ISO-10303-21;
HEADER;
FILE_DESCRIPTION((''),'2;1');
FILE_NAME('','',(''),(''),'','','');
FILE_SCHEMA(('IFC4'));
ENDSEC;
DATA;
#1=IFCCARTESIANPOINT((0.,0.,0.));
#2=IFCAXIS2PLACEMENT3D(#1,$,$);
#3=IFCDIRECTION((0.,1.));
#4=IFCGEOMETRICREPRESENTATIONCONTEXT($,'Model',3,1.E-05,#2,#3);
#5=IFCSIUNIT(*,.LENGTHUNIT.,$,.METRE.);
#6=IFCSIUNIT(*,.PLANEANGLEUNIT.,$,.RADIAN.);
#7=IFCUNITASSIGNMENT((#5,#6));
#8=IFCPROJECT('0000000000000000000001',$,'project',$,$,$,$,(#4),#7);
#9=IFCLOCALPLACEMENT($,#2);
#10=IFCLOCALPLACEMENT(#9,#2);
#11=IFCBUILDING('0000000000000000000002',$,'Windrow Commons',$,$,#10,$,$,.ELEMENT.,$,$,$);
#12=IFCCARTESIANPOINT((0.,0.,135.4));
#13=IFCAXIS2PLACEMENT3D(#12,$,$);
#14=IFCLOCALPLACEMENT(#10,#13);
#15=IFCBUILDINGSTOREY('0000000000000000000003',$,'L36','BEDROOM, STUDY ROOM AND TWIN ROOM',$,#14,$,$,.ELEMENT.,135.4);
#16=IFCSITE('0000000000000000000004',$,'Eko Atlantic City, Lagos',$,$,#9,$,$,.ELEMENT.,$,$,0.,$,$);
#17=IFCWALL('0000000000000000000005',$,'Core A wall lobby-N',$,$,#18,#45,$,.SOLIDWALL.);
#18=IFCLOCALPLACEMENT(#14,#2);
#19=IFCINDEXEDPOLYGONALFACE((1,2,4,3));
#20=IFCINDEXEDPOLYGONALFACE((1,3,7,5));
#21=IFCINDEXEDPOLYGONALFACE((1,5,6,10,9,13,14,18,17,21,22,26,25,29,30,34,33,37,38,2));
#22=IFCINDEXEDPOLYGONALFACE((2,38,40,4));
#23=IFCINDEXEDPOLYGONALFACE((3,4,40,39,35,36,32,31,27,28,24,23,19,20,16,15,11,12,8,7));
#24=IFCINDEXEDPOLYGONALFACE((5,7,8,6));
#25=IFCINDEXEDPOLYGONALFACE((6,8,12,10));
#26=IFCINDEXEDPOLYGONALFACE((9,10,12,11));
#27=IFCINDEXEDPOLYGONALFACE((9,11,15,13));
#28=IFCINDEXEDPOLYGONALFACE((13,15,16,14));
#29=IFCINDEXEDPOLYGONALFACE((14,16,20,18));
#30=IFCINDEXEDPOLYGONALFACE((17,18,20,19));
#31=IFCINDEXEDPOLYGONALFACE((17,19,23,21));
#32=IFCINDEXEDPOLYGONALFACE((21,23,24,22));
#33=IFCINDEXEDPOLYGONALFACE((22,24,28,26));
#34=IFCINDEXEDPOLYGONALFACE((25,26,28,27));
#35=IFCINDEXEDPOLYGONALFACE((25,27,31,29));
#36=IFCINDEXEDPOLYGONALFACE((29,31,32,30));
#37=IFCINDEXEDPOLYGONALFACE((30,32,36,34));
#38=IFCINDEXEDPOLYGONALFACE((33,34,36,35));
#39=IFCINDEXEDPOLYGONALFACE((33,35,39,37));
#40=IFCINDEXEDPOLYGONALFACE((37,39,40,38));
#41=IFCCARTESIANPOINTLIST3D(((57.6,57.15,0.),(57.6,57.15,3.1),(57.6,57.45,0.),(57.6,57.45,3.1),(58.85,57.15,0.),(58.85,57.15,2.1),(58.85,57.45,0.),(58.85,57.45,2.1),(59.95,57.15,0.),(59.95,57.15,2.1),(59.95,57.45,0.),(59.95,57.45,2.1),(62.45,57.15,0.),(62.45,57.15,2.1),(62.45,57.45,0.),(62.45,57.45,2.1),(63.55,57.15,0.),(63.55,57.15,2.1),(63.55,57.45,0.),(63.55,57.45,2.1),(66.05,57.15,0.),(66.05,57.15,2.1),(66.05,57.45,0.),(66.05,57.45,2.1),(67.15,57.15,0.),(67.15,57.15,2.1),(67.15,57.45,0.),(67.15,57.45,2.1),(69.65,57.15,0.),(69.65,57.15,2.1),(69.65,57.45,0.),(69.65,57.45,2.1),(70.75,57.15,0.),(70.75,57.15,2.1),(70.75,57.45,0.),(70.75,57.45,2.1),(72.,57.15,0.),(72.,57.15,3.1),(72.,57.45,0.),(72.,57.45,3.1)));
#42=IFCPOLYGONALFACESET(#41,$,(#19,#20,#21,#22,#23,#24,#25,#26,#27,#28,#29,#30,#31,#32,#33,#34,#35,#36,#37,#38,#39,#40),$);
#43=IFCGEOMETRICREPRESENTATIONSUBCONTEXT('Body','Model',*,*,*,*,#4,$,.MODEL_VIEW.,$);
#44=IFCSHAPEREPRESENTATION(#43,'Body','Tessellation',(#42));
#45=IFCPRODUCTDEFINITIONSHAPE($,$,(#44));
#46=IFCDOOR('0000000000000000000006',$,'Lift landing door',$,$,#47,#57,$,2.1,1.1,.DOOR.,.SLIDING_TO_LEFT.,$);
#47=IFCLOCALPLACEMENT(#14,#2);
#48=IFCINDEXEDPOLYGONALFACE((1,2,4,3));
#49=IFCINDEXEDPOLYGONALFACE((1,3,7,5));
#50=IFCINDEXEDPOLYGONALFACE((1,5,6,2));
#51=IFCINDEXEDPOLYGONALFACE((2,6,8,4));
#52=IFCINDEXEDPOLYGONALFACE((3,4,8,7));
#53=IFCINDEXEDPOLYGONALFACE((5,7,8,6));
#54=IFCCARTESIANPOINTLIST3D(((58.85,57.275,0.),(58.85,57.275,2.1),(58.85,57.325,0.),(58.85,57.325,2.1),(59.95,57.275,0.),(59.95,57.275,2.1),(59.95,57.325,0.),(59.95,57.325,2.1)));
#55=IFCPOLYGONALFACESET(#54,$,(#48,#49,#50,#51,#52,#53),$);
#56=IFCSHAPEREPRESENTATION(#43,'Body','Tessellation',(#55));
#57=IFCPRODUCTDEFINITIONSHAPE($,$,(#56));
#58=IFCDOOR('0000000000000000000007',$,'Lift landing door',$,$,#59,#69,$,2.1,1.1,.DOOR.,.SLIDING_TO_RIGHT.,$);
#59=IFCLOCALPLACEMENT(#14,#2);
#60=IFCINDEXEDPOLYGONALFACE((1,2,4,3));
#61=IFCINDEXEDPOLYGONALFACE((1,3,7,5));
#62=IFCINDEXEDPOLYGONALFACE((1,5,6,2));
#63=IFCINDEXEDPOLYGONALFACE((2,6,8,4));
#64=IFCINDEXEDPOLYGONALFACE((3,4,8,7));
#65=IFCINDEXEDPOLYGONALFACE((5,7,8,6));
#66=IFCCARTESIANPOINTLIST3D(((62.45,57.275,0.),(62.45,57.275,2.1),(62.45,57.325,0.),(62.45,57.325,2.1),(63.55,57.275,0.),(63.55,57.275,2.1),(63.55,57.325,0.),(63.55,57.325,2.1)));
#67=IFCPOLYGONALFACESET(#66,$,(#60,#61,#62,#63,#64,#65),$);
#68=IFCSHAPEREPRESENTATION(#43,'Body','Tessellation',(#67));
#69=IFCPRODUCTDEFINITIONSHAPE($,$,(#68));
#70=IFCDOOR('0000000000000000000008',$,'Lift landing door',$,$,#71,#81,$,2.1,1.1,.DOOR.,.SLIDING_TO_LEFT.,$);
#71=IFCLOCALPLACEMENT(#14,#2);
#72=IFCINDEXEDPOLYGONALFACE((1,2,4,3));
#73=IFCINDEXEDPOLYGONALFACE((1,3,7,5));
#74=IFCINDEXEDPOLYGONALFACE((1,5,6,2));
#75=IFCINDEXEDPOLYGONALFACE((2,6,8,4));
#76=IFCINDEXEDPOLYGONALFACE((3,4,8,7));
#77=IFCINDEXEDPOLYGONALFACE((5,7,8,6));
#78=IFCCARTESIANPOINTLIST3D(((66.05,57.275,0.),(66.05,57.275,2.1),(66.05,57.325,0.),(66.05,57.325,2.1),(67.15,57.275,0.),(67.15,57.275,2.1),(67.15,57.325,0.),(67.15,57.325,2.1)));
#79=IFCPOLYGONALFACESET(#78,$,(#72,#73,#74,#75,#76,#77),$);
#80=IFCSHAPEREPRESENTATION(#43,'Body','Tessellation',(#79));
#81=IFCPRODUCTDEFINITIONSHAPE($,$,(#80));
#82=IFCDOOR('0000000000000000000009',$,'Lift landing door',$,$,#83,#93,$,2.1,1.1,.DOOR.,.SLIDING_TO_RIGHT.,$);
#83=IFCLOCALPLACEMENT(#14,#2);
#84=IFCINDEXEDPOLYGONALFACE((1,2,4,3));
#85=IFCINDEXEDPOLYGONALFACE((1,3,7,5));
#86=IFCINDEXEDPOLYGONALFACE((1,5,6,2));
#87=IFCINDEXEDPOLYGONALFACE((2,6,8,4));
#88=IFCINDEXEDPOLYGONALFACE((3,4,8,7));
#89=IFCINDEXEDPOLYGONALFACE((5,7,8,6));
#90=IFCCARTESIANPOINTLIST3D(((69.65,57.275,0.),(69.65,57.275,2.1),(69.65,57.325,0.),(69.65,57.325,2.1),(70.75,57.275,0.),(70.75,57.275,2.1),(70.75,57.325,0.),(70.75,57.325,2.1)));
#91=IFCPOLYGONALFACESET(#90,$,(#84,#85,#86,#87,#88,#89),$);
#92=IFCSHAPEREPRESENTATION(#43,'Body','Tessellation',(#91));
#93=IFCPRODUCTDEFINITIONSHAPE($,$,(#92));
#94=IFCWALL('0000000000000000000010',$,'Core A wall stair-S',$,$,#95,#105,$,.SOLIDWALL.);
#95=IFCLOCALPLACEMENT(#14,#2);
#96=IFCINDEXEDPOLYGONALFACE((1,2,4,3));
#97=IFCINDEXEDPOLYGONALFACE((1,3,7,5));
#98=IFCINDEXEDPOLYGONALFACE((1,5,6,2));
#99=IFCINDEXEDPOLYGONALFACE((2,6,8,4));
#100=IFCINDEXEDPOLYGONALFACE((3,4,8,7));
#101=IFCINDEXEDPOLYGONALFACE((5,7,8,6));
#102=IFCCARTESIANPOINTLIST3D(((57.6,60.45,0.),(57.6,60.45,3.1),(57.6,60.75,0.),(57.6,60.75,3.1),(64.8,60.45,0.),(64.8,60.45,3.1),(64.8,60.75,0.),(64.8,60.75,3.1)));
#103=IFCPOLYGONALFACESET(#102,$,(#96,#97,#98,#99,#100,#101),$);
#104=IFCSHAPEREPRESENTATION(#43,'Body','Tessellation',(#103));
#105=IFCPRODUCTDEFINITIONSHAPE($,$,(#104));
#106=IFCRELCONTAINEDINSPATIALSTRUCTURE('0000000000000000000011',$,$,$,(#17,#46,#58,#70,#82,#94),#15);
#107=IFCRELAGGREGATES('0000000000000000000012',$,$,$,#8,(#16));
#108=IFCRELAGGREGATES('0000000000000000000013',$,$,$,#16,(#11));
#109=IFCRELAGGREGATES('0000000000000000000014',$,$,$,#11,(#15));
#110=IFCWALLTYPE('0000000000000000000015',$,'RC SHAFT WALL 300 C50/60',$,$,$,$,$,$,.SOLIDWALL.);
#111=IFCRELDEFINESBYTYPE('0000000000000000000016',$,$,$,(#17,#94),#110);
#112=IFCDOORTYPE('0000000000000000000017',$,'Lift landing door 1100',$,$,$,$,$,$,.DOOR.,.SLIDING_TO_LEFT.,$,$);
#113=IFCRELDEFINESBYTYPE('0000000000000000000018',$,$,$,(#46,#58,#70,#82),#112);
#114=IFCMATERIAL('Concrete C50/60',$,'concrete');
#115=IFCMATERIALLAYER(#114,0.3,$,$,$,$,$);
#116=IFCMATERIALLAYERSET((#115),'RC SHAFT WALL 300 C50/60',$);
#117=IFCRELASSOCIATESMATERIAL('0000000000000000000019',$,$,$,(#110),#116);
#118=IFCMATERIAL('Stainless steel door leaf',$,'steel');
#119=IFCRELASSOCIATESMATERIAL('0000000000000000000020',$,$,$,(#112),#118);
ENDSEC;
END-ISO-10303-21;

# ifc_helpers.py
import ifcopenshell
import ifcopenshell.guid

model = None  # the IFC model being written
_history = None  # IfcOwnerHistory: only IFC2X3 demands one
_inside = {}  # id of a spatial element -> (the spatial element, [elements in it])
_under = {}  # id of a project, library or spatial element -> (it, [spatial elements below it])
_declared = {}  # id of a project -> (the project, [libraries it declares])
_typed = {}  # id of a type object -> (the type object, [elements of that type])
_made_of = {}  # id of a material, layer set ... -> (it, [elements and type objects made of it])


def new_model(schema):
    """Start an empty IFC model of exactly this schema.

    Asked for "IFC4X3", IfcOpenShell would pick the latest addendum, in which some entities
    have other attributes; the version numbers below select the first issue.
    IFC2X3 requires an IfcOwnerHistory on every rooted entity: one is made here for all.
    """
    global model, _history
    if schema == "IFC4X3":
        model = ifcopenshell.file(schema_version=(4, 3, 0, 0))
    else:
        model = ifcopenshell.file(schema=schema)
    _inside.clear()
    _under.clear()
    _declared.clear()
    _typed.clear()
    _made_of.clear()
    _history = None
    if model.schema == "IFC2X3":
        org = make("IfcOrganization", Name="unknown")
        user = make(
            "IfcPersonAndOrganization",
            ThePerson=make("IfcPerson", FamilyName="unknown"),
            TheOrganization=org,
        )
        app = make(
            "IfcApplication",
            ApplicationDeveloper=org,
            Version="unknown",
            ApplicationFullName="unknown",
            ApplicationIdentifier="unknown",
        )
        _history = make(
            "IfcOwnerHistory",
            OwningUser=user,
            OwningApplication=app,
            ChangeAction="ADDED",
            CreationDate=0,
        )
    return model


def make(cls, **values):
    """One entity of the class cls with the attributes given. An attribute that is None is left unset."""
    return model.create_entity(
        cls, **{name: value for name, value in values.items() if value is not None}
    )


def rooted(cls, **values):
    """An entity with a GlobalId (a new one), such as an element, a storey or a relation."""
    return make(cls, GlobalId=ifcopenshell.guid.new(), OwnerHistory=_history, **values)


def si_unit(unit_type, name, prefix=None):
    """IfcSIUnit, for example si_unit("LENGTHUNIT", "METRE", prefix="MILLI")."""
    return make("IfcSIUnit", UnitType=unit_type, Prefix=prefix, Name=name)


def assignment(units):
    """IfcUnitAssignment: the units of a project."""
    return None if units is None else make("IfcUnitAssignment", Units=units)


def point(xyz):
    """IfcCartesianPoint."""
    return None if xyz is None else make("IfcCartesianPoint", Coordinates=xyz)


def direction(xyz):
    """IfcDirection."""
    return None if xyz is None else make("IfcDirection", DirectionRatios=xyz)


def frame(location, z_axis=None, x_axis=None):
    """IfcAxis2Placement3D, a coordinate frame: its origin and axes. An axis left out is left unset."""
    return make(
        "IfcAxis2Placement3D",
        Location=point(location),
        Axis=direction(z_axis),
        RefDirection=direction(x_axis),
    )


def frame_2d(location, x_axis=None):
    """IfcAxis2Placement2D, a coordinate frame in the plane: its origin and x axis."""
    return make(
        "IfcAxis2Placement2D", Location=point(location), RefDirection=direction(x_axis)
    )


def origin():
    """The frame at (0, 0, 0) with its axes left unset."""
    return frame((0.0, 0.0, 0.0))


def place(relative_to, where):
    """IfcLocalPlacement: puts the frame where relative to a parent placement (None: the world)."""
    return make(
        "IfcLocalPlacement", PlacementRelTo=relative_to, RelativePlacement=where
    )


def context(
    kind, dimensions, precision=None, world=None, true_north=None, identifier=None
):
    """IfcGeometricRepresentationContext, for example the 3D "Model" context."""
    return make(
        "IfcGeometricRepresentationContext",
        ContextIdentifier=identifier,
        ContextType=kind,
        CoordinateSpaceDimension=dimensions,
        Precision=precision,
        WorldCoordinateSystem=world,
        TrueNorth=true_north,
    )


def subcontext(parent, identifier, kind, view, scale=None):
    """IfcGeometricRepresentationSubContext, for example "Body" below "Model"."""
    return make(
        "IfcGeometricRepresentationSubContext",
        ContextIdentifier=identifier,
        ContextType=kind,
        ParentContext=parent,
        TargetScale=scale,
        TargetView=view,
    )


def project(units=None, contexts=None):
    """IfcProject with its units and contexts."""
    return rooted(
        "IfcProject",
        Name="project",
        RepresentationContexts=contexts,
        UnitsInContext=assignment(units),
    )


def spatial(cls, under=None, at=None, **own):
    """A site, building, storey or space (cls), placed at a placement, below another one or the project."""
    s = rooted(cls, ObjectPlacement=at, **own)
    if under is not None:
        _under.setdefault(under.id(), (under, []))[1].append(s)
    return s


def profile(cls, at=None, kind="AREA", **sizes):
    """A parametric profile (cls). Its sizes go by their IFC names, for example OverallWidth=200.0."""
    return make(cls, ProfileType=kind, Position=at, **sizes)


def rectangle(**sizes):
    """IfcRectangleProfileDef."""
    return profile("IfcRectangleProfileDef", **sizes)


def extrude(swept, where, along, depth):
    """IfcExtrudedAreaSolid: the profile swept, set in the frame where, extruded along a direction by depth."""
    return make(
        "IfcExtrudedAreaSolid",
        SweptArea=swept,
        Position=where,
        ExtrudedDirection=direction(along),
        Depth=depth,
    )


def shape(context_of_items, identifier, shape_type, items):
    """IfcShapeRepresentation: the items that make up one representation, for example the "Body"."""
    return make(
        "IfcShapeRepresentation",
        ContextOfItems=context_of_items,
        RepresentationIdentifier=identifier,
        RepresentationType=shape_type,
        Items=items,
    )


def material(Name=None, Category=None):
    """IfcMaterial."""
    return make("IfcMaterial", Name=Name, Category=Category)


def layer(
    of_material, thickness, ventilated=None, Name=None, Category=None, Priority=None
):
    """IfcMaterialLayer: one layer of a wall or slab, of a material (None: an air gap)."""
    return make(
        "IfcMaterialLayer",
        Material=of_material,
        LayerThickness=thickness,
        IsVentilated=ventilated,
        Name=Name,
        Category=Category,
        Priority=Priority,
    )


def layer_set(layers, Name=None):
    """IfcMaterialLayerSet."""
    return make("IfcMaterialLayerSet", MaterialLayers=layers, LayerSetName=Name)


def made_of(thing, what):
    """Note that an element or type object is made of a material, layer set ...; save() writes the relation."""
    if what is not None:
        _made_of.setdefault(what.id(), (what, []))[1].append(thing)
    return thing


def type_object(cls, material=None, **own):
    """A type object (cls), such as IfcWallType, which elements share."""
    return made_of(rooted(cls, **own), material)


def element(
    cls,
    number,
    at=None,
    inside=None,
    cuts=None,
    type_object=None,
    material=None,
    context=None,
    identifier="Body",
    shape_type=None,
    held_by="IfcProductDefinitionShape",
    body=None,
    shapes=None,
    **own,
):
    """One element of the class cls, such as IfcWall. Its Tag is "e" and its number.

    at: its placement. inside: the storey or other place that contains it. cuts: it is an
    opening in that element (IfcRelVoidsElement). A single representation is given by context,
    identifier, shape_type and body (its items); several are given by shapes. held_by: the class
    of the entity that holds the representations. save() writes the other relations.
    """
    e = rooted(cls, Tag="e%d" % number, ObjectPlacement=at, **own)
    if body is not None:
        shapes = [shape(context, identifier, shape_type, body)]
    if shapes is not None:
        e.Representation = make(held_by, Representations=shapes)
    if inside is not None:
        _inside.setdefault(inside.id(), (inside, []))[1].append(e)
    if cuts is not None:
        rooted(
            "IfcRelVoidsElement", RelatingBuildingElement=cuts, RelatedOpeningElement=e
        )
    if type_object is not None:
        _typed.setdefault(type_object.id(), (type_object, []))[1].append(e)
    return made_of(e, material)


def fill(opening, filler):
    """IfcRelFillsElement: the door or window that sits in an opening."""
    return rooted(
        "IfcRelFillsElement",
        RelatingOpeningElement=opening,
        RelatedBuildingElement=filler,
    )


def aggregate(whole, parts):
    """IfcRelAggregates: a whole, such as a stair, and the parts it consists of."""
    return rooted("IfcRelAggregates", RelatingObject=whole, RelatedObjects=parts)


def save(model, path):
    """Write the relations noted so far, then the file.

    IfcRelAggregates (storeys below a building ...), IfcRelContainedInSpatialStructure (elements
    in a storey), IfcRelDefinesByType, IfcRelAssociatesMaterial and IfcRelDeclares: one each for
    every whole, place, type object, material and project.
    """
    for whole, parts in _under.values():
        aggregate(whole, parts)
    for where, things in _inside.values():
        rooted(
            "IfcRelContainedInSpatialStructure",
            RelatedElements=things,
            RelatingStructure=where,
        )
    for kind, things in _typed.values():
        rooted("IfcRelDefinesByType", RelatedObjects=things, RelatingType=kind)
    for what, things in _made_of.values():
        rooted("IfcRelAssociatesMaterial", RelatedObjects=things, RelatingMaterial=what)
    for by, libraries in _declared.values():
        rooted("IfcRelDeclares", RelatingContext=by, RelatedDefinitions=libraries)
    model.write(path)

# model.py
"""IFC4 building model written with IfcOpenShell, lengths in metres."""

from ifc_helpers import new_model, si_unit, direction, frame, frame_2d, origin, place, context, subcontext, project, spatial, rectangle, extrude, material, layer, layer_set, type_object, element, fill, save


model = new_model("IFC4")

# Units and contexts
model_context = context("Model", 3, precision=1e-05, world=origin(), true_north=direction((0.0, 1.0)))
body_context = subcontext(model_context, "Body", "Model", "MODEL_VIEW")
ifc_project = project(units=[si_unit("LENGTHUNIT", "METRE"), si_unit("PLANEANGLEUNIT", "RADIAN")], contexts=[model_context])

# Site, building, storey
site_placement = place(None, origin())
site = spatial("IfcSite", under=ifc_project, at=site_placement, Name="Eko Atlantic City, Lagos", CompositionType="ELEMENT", RefElevation=0.0)
building_placement = place(site_placement, origin())
building = spatial("IfcBuilding", under=site, at=building_placement, Name="Windrow Commons", CompositionType="ELEMENT")
storey_placement = place(building_placement, frame((0.0, 0.0, 135.4)))
storey = spatial("IfcBuildingStorey", under=building, at=storey_placement, Name="L36", Description="BEDROOM, STUDY ROOM AND TWIN ROOM", CompositionType="ELEMENT", Elevation=135.4)

# Shared definitions
ifc_material_1 = material(Name="Concrete C50/60", Category="concrete")
ifc_layer_1 = layer(ifc_material_1, 0.3)
ifc_layer_set_1 = layer_set([ifc_layer_1], Name="RC SHAFT WALL 300 C50/60")
wall_type_1 = type_object("IfcWallType", Name="RC SHAFT WALL 300 C50/60", PredefinedType="SOLIDWALL", material=ifc_layer_set_1)
ifc_material_2 = material(Name="Stainless steel door leaf", Category="steel")
door_type_1 = type_object("IfcDoorType", Name="Lift landing door 1100", OperationType="SLIDING_TO_LEFT", PredefinedType="DOOR", material=ifc_material_2)

# Wall, openings, doors
wall_1_placement = place(storey_placement, frame((57.6, 57.3, 0.0), z_axis=(0.0, 0.0, 1.0), x_axis=(1.0, 0.0, 0.0)))
wall_1 = element("IfcWall", 1, at=wall_1_placement, inside=storey, type_object=wall_type_1, Name="Core A wall lobby-N", PredefinedType="SOLIDWALL", context=body_context, shape_type="SweptSolid", body=[
    extrude(rectangle(XDim=14.4, YDim=0.3, at=frame_2d((7.2, 0.0))), origin(), (0.0, 0.0, 1.0), 3.1),
])
opening_1_placement = place(wall_1_placement, frame((1.25, 0.0, 0.0)))
opening_1 = element("IfcOpeningElement", 2, at=opening_1_placement, cuts=wall_1, PredefinedType="OPENING", context=body_context, shape_type="SweptSolid", body=[
    extrude(rectangle(XDim=1.1, YDim=2.1, at=frame_2d((0.55, 1.05))), frame((0.0, 0.16, 0.0), z_axis=(0.0, -1.0, 0.0), x_axis=(1.0, 0.0, 0.0)), (0.0, 0.0, 1.0), 0.32),
])
opening_2_placement = place(wall_1_placement, frame((4.85, 0.0, 0.0)))
opening_2 = element("IfcOpeningElement", 3, at=opening_2_placement, cuts=wall_1, PredefinedType="OPENING", context=body_context, shape_type="SweptSolid", body=[
    extrude(rectangle(XDim=1.1, YDim=2.1, at=frame_2d((0.55, 1.05))), frame((0.0, 0.16, 0.0), z_axis=(0.0, -1.0, 0.0), x_axis=(1.0, 0.0, 0.0)), (0.0, 0.0, 1.0), 0.32),
])
opening_3_placement = place(wall_1_placement, frame((8.45, 0.0, 0.0)))
opening_3 = element("IfcOpeningElement", 4, at=opening_3_placement, cuts=wall_1, PredefinedType="OPENING", context=body_context, shape_type="SweptSolid", body=[
    extrude(rectangle(XDim=1.1, YDim=2.1, at=frame_2d((0.55, 1.05))), frame((0.0, 0.16, 0.0), z_axis=(0.0, -1.0, 0.0), x_axis=(1.0, 0.0, 0.0)), (0.0, 0.0, 1.0), 0.32),
])
opening_4_placement = place(wall_1_placement, frame((12.05, 0.0, 0.0)))
opening_4 = element("IfcOpeningElement", 5, at=opening_4_placement, cuts=wall_1, PredefinedType="OPENING", context=body_context, shape_type="SweptSolid", body=[
    extrude(rectangle(XDim=1.1, YDim=2.1, at=frame_2d((0.55, 1.05))), frame((0.0, 0.16, 0.0), z_axis=(0.0, -1.0, 0.0), x_axis=(1.0, 0.0, 0.0)), (0.0, 0.0, 1.0), 0.32),
])
door_1_placement = place(opening_1_placement, origin())
door_1 = element("IfcDoor", 6, at=door_1_placement, inside=storey, type_object=door_type_1, Name="Lift landing door", OperationType="SLIDING_TO_LEFT", OverallHeight=2.1, OverallWidth=1.1, PredefinedType="DOOR", context=body_context, shape_type="SweptSolid", body=[
    extrude(rectangle(XDim=1.1, YDim=2.1, at=frame_2d((0.55, 1.05))), frame((0.0, 0.025, 0.0), z_axis=(0.0, -1.0, 0.0), x_axis=(1.0, 0.0, 0.0)), (0.0, 0.0, 1.0), 0.05),
])
fill(opening_1, door_1)
door_2_placement = place(opening_2_placement, origin())
door_2 = element("IfcDoor", 7, at=door_2_placement, inside=storey, type_object=door_type_1, Name="Lift landing door", OperationType="SLIDING_TO_RIGHT", OverallHeight=2.1, OverallWidth=1.1, PredefinedType="DOOR", context=body_context, shape_type="SweptSolid", body=[
    extrude(rectangle(XDim=1.1, YDim=2.1, at=frame_2d((0.55, 1.05))), frame((0.0, 0.025, 0.0), z_axis=(0.0, -1.0, 0.0), x_axis=(1.0, 0.0, 0.0)), (0.0, 0.0, 1.0), 0.05),
])
fill(opening_2, door_2)
door_3_placement = place(opening_3_placement, origin())
door_3 = element("IfcDoor", 8, at=door_3_placement, inside=storey, type_object=door_type_1, Name="Lift landing door", OperationType="SLIDING_TO_LEFT", OverallHeight=2.1, OverallWidth=1.1, PredefinedType="DOOR", context=body_context, shape_type="SweptSolid", body=[
    extrude(rectangle(XDim=1.1, YDim=2.1, at=frame_2d((0.55, 1.05))), frame((0.0, 0.025, 0.0), z_axis=(0.0, -1.0, 0.0), x_axis=(1.0, 0.0, 0.0)), (0.0, 0.0, 1.0), 0.05),
])
fill(opening_3, door_3)
door_4_placement = place(opening_4_placement, origin())
door_4 = element("IfcDoor", 9, at=door_4_placement, inside=storey, type_object=door_type_1, Name="Lift landing door", OperationType="SLIDING_TO_RIGHT", OverallHeight=2.1, OverallWidth=1.1, PredefinedType="DOOR", context=body_context, shape_type="SweptSolid", body=[
    extrude(rectangle(XDim=1.1, YDim=2.1, at=frame_2d((0.55, 1.05))), frame((0.0, 0.025, 0.0), z_axis=(0.0, -1.0, 0.0), x_axis=(1.0, 0.0, 0.0)), (0.0, 0.0, 1.0), 0.05),
])
fill(opening_4, door_4)

# Wall
wall_2_placement = place(storey_placement, frame((57.6, 60.6, 0.0), z_axis=(0.0, 0.0, 1.0), x_axis=(1.0, 0.0, 0.0)))
element("IfcWall", 10, at=wall_2_placement, inside=storey, type_object=wall_type_1, Name="Core A wall stair-S", PredefinedType="SOLIDWALL", context=body_context, shape_type="SweptSolid", body=[
    extrude(rectangle(XDim=7.2, YDim=0.3, at=frame_2d((3.6, 0.0))), origin(), (0.0, 0.0, 1.0), 3.1),
])

save(model, "model.ifc")
